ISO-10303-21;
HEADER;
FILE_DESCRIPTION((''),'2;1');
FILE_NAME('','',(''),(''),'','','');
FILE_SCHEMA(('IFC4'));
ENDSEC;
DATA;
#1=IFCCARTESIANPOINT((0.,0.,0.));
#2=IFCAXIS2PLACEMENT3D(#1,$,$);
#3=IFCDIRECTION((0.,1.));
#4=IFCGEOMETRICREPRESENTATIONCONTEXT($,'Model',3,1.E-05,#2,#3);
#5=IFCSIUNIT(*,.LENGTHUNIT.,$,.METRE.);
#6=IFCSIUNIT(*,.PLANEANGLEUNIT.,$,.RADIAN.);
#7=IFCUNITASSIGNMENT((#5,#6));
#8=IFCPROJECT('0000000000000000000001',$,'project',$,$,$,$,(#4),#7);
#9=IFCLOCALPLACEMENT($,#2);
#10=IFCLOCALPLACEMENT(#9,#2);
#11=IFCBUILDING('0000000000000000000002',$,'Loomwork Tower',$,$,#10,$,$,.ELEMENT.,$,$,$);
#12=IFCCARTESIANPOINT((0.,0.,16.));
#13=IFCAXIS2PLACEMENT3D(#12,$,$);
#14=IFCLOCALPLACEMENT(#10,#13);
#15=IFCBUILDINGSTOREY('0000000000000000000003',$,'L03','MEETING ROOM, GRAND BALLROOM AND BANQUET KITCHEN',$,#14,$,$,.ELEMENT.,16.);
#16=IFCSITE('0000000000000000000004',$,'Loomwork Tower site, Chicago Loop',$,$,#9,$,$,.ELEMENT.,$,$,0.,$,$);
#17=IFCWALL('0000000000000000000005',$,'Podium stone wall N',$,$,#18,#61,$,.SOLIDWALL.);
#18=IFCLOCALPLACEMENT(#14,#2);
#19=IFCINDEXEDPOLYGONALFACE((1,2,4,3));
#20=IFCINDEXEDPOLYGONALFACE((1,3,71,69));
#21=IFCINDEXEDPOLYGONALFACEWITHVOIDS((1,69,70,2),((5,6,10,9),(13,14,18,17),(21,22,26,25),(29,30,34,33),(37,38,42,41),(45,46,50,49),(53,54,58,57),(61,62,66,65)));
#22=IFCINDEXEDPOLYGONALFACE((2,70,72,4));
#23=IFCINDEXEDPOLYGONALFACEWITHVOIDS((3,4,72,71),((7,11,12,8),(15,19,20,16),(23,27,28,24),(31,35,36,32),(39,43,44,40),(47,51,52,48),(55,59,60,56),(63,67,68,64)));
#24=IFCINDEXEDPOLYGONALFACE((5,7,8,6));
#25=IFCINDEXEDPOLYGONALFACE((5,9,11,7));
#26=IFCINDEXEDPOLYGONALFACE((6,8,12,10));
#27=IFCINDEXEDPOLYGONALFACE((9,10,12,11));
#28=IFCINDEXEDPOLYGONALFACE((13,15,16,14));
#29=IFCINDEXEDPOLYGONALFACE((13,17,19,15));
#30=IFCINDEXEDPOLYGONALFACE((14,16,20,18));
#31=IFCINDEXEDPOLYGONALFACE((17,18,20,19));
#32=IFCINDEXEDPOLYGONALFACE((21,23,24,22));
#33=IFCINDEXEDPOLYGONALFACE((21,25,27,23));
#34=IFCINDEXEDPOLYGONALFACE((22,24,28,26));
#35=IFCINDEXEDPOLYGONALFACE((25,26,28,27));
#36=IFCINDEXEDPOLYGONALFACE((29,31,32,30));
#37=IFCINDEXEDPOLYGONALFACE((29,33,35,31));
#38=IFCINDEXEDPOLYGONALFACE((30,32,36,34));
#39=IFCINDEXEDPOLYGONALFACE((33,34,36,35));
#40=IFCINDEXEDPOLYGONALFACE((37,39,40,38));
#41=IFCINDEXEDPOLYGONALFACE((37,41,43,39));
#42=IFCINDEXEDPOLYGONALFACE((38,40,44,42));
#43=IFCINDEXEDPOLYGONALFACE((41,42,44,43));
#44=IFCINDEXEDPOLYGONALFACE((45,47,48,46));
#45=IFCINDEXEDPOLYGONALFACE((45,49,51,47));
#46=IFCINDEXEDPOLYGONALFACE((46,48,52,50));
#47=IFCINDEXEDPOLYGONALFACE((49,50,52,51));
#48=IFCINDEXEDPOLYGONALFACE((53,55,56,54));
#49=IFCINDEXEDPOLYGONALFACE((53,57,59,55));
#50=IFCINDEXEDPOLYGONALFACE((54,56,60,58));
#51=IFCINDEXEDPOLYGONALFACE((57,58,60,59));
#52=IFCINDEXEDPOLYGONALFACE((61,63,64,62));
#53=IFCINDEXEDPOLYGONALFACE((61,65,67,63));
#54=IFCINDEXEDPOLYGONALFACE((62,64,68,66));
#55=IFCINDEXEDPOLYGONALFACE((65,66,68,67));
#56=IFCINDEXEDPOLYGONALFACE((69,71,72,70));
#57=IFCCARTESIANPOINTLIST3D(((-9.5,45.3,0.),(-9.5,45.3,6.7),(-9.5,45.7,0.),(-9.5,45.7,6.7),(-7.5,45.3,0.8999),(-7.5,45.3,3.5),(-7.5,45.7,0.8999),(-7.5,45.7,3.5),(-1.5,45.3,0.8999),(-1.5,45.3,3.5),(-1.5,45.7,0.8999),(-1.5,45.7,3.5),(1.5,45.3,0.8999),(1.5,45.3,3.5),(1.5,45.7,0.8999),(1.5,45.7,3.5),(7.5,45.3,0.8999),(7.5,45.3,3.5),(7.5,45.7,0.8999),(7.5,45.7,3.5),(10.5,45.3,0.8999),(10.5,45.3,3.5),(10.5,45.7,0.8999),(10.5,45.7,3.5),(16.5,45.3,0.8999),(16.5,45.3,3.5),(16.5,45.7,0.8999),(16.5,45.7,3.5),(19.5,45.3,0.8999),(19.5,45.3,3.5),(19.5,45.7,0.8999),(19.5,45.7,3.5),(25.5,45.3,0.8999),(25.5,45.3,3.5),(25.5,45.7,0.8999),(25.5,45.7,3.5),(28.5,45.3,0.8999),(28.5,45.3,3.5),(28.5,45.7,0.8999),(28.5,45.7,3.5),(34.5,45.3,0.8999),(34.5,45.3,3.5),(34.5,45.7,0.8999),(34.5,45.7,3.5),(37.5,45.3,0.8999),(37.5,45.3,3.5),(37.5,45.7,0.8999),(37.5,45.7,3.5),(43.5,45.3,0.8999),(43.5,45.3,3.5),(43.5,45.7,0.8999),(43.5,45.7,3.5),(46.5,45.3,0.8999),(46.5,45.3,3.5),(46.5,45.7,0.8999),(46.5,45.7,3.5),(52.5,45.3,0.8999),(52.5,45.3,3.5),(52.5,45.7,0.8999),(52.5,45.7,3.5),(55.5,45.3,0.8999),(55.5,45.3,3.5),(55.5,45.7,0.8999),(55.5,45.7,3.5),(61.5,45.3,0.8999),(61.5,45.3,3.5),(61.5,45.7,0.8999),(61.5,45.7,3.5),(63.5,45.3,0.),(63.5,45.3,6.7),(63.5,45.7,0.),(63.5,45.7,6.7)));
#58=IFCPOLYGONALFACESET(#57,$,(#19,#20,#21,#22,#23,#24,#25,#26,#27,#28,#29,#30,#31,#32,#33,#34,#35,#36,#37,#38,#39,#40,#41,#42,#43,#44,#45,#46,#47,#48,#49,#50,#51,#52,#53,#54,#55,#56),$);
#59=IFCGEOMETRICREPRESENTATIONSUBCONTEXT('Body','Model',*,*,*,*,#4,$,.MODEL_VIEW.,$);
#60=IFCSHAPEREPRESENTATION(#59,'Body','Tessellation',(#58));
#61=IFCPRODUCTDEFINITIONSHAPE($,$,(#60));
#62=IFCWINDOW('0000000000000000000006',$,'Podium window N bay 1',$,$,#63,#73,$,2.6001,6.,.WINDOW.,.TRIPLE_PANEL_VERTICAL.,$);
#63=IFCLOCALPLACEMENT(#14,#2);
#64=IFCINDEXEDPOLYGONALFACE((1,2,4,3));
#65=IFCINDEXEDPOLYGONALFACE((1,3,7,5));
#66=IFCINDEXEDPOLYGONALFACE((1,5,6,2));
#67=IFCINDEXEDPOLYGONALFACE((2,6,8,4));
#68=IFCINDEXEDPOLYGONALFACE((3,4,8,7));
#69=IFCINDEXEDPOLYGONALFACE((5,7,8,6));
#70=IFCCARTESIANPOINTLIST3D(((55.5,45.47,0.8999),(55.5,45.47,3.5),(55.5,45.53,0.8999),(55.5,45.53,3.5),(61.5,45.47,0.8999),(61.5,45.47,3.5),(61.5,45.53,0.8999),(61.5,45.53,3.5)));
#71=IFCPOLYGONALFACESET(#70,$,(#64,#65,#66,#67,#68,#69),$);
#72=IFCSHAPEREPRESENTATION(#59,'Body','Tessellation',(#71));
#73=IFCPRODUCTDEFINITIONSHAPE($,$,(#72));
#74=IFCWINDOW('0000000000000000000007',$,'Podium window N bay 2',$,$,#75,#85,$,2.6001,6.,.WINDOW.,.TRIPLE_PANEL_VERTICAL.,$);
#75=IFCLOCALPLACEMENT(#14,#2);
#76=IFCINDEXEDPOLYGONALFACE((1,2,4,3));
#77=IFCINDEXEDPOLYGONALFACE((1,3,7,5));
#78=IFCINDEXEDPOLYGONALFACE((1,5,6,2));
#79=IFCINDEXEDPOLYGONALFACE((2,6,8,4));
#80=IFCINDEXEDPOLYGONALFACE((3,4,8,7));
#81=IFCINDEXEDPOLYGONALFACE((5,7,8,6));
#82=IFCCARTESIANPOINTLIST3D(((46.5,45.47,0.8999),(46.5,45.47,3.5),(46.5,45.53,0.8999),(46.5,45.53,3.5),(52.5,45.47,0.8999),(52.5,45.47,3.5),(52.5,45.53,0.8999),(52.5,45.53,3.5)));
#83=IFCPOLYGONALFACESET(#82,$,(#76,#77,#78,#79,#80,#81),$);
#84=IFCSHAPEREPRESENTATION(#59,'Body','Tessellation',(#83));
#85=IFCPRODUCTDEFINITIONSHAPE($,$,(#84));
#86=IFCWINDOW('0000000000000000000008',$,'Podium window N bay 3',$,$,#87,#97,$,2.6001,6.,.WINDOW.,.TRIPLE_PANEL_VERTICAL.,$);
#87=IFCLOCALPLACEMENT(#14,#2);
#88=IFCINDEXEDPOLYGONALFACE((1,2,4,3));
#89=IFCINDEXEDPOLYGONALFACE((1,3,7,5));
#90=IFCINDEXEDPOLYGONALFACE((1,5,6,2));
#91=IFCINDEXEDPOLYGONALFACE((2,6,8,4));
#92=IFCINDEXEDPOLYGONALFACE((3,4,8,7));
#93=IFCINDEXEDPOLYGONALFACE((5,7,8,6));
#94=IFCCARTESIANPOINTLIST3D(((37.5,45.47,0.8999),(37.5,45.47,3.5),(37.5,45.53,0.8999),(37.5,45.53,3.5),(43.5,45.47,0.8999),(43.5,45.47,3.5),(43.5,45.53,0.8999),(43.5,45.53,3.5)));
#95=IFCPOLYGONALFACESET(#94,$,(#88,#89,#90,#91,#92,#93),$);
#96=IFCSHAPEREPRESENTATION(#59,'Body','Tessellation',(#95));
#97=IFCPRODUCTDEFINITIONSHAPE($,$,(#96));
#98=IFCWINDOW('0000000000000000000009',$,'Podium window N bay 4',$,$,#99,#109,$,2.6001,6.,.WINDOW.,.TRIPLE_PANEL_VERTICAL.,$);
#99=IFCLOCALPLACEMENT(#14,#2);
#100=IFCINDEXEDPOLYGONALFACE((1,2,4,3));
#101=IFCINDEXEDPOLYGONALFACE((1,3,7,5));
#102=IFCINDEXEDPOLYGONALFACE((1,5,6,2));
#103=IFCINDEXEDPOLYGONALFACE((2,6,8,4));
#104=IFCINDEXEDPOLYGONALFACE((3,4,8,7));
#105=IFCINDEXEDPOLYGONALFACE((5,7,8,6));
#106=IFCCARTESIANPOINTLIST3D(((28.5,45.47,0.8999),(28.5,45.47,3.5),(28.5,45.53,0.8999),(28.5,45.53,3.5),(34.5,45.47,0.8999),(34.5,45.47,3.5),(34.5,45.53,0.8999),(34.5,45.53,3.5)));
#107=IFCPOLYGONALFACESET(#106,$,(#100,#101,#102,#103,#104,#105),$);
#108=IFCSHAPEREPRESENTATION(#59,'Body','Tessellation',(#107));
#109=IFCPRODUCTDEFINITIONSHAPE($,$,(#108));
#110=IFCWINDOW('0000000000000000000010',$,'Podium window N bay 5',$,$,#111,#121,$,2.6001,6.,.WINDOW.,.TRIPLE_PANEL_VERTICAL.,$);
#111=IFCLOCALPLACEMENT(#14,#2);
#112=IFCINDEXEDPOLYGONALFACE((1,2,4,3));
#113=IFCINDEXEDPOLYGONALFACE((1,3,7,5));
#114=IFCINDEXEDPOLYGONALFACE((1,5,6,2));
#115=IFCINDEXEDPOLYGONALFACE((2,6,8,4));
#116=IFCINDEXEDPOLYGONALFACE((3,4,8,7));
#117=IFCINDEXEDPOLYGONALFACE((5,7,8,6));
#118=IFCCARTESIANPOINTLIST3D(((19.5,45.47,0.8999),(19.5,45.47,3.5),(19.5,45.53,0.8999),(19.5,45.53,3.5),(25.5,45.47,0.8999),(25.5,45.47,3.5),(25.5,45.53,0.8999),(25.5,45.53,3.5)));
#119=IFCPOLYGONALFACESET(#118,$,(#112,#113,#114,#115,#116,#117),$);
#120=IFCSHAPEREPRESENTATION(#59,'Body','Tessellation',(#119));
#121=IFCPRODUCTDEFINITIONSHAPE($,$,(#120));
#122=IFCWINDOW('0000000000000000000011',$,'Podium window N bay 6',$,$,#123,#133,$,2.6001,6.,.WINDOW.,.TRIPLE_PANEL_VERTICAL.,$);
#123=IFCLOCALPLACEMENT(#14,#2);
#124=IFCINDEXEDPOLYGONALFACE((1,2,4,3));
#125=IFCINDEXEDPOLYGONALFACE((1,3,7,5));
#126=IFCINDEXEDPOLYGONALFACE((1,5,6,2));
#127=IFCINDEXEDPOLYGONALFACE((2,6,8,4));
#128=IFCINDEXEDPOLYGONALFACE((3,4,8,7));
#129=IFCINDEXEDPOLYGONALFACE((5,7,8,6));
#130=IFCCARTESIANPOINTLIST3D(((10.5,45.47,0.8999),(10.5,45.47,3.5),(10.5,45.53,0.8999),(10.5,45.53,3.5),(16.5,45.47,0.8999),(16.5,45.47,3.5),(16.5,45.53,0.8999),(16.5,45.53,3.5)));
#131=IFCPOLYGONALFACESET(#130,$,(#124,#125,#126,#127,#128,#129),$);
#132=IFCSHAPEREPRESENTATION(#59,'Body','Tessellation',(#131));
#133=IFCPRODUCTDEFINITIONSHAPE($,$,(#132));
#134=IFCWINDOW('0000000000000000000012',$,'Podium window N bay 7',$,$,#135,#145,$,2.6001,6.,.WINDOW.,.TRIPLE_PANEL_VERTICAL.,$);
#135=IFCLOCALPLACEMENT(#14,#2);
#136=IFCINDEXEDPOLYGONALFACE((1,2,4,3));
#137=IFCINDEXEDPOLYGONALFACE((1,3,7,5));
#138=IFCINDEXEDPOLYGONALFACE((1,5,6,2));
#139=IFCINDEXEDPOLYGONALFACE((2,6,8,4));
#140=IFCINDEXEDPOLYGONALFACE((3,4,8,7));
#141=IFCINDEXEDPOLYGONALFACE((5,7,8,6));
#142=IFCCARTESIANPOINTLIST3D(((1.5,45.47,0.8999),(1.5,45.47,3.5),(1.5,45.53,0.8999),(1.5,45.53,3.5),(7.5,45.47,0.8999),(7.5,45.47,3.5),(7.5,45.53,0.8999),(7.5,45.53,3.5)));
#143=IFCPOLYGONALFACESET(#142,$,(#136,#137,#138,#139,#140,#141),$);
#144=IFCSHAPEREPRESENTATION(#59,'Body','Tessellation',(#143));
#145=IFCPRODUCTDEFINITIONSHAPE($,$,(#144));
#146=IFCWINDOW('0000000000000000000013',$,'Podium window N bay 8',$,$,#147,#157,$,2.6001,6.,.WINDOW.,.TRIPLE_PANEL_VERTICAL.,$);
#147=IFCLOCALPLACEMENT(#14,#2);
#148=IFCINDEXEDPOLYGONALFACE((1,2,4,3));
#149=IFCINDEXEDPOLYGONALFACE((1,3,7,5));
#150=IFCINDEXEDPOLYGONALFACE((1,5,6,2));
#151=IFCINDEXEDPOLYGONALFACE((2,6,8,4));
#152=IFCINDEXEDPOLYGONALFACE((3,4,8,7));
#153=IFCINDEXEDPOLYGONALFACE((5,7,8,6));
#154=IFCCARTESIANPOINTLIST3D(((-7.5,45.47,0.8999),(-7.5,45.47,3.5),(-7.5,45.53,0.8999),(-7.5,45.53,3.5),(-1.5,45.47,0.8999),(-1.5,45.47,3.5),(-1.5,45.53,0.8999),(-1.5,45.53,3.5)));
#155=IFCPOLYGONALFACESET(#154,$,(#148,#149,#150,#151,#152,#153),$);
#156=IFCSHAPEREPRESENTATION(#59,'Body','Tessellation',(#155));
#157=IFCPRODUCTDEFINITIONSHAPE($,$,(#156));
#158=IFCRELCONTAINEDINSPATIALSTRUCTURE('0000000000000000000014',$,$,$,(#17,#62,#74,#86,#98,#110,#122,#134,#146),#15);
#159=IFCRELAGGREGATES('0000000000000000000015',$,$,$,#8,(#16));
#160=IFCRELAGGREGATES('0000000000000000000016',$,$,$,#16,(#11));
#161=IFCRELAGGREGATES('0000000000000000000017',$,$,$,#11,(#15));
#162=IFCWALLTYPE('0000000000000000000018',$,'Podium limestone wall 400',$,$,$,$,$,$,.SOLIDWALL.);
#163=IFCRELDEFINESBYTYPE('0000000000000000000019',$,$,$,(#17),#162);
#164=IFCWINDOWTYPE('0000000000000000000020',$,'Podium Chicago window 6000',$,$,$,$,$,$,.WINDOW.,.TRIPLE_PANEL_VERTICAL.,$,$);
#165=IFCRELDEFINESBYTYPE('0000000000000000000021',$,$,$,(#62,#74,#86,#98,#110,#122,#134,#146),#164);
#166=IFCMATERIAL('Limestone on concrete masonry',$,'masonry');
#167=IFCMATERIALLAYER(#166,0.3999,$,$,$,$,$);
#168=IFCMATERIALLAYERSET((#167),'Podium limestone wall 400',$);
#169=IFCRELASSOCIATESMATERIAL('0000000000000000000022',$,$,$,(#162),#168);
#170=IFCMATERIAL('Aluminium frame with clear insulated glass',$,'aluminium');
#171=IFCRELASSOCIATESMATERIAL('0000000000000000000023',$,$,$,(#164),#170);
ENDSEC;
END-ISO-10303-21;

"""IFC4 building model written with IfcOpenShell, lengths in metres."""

from ifc_helpers import new_model, si_unit, direction, frame, frame_2d, origin, place, context, subcontext, project, spatial, rectangle, extrude, material, layer, layer_set, type_object, element, fill, save


model = new_model("IFC4")

# Units and contexts
model_context = context("Model", 3, precision=1e-05, world=origin(), true_north=direction((0.0, 1.0)))
body_context = subcontext(model_context, "Body", "Model", "MODEL_VIEW")
ifc_project = project(units=[si_unit("LENGTHUNIT", "METRE"), si_unit("PLANEANGLEUNIT", "RADIAN")], contexts=[model_context])

# Site, building, storey
site_placement = place(None, origin())
site = spatial("IfcSite", under=ifc_project, at=site_placement, Name="Loomwork Tower site, Chicago Loop", CompositionType="ELEMENT", RefElevation=0.0)
building_placement = place(site_placement, origin())
building = spatial("IfcBuilding", under=site, at=building_placement, Name="Loomwork Tower", CompositionType="ELEMENT")
storey_placement = place(building_placement, frame((0.0, 0.0, 16.0)))
storey = spatial("IfcBuildingStorey", under=building, at=storey_placement, Name="L03", Description="MEETING ROOM, GRAND BALLROOM AND BANQUET KITCHEN", CompositionType="ELEMENT", Elevation=16.0)

# Wall, openings, windows
ifc_material_1 = material(Name="Limestone on concrete masonry", Category="masonry")
ifc_layer_1 = layer(ifc_material_1, 0.3999)
ifc_layer_set_1 = layer_set([ifc_layer_1], Name="Podium limestone wall 400")
wall_type_1 = type_object("IfcWallType", Name="Podium limestone wall 400", PredefinedType="SOLIDWALL", material=ifc_layer_set_1)
wall_1_placement = place(storey_placement, frame((63.5, 45.5, 0.0), z_axis=(0.0, 0.0, 1.0), x_axis=(-1.0, 0.0, 0.0)))
wall_1 = element("IfcWall", 1, at=wall_1_placement, inside=storey, type_object=wall_type_1, Name="Podium stone wall N", PredefinedType="SOLIDWALL", context=body_context, shape_type="SweptSolid", body=[
    extrude(rectangle(XDim=73.0, YDim=0.3999, at=frame_2d((36.5, 0.0))), origin(), (0.0, 0.0, 1.0), 6.7),
])
opening_1_placement = place(wall_1_placement, frame((2.0, 0.0, 0.8999)))
opening_1 = element("IfcOpeningElement", 2, at=opening_1_placement, cuts=wall_1, PredefinedType="OPENING", context=body_context, shape_type="SweptSolid", body=[
    extrude(rectangle(XDim=6.0, YDim=2.6001, at=frame_2d((3.0, 1.3))), frame((0.0, 0.21, 0.0), z_axis=(0.0, -1.0, 0.0), x_axis=(1.0, 0.0, 0.0)), (0.0, 0.0, 1.0), 0.4199),
])
opening_2_placement = place(wall_1_placement, frame((11.0, 0.0, 0.8999)))
opening_2 = element("IfcOpeningElement", 3, at=opening_2_placement, cuts=wall_1, PredefinedType="OPENING", context=body_context, shape_type="SweptSolid", body=[
    extrude(rectangle(XDim=6.0, YDim=2.6001, at=frame_2d((3.0, 1.3))), frame((0.0, 0.21, 0.0), z_axis=(0.0, -1.0, 0.0), x_axis=(1.0, 0.0, 0.0)), (0.0, 0.0, 1.0), 0.4199),
])
opening_3_placement = place(wall_1_placement, frame((20.0, 0.0, 0.8999)))
opening_3 = element("IfcOpeningElement", 4, at=opening_3_placement, cuts=wall_1, PredefinedType="OPENING", context=body_context, shape_type="SweptSolid", body=[
    extrude(rectangle(XDim=6.0, YDim=2.6001, at=frame_2d((3.0, 1.3))), frame((0.0, 0.21, 0.0), z_axis=(0.0, -1.0, 0.0), x_axis=(1.0, 0.0, 0.0)), (0.0, 0.0, 1.0), 0.4199),
])
opening_4_placement = place(wall_1_placement, frame((29.0, 0.0, 0.8999)))
opening_4 = element("IfcOpeningElement", 5, at=opening_4_placement, cuts=wall_1, PredefinedType="OPENING", context=body_context, shape_type="SweptSolid", body=[
    extrude(rectangle(XDim=6.0, YDim=2.6001, at=frame_2d((3.0, 1.3))), frame((0.0, 0.21, 0.0), z_axis=(0.0, -1.0, 0.0), x_axis=(1.0, 0.0, 0.0)), (0.0, 0.0, 1.0), 0.4199),
])
opening_5_placement = place(wall_1_placement, frame((38.0, 0.0, 0.8999)))
opening_5 = element("IfcOpeningElement", 6, at=opening_5_placement, cuts=wall_1, PredefinedType="OPENING", context=body_context, shape_type="SweptSolid", body=[
    extrude(rectangle(XDim=6.0, YDim=2.6001, at=frame_2d((3.0, 1.3))), frame((0.0, 0.21, 0.0), z_axis=(0.0, -1.0, 0.0), x_axis=(1.0, 0.0, 0.0)), (0.0, 0.0, 1.0), 0.4199),
])
opening_6_placement = place(wall_1_placement, frame((47.0, 0.0, 0.8999)))
opening_6 = element("IfcOpeningElement", 7, at=opening_6_placement, cuts=wall_1, PredefinedType="OPENING", context=body_context, shape_type="SweptSolid", body=[
    extrude(rectangle(XDim=6.0, YDim=2.6001, at=frame_2d((3.0, 1.3))), frame((0.0, 0.21, 0.0), z_axis=(0.0, -1.0, 0.0), x_axis=(1.0, 0.0, 0.0)), (0.0, 0.0, 1.0), 0.4199),
])
opening_7_placement = place(wall_1_placement, frame((56.0, 0.0, 0.8999)))
opening_7 = element("IfcOpeningElement", 8, at=opening_7_placement, cuts=wall_1, PredefinedType="OPENING", context=body_context, shape_type="SweptSolid", body=[
    extrude(rectangle(XDim=6.0, YDim=2.6001, at=frame_2d((3.0, 1.3))), frame((0.0, 0.21, 0.0), z_axis=(0.0, -1.0, 0.0), x_axis=(1.0, 0.0, 0.0)), (0.0, 0.0, 1.0), 0.4199),
])
opening_8_placement = place(wall_1_placement, frame((65.0, 0.0, 0.8999)))
opening_8 = element("IfcOpeningElement", 9, at=opening_8_placement, cuts=wall_1, PredefinedType="OPENING", context=body_context, shape_type="SweptSolid", body=[
    extrude(rectangle(XDim=6.0, YDim=2.6001, at=frame_2d((3.0, 1.3))), frame((0.0, 0.21, 0.0), z_axis=(0.0, -1.0, 0.0), x_axis=(1.0, 0.0, 0.0)), (0.0, 0.0, 1.0), 0.4199),
])
ifc_material_2 = material(Name="Aluminium frame with clear insulated glass", Category="aluminium")
window_type = type_object("IfcWindowType", Name="Podium Chicago window 6000", PartitioningType="TRIPLE_PANEL_VERTICAL", PredefinedType="WINDOW", material=ifc_material_2)
window_1_placement = place(opening_1_placement, origin())
window_1 = element("IfcWindow", 10, at=window_1_placement, inside=storey, type_object=window_type, Name="Podium window N bay 1", OverallHeight=2.6001, OverallWidth=6.0, PartitioningType="TRIPLE_PANEL_VERTICAL", PredefinedType="WINDOW", context=body_context, shape_type="SweptSolid", body=[
    extrude(rectangle(XDim=6.0, YDim=2.6001, at=frame_2d((3.0, 1.3))), frame((0.0, 0.03, 0.0), z_axis=(0.0, -1.0, 0.0), x_axis=(1.0, 0.0, 0.0)), (0.0, 0.0, 1.0), 0.0601),
])
fill(opening_1, window_1)
window_2_placement = place(opening_2_placement, origin())
window_2 = element("IfcWindow", 11, at=window_2_placement, inside=storey, type_object=window_type, Name="Podium window N bay 2", OverallHeight=2.6001, OverallWidth=6.0, PartitioningType="TRIPLE_PANEL_VERTICAL", PredefinedType="WINDOW", context=body_context, shape_type="SweptSolid", body=[
    extrude(rectangle(XDim=6.0, YDim=2.6001, at=frame_2d((3.0, 1.3))), frame((0.0, 0.03, 0.0), z_axis=(0.0, -1.0, 0.0), x_axis=(1.0, 0.0, 0.0)), (0.0, 0.0, 1.0), 0.0601),
])
fill(opening_2, window_2)
window_3_placement = place(opening_3_placement, origin())
window_3 = element("IfcWindow", 12, at=window_3_placement, inside=storey, type_object=window_type, Name="Podium window N bay 3", OverallHeight=2.6001, OverallWidth=6.0, PartitioningType="TRIPLE_PANEL_VERTICAL", PredefinedType="WINDOW", context=body_context, shape_type="SweptSolid", body=[
    extrude(rectangle(XDim=6.0, YDim=2.6001, at=frame_2d((3.0, 1.3))), frame((0.0, 0.03, 0.0), z_axis=(0.0, -1.0, 0.0), x_axis=(1.0, 0.0, 0.0)), (0.0, 0.0, 1.0), 0.0601),
])
fill(opening_3, window_3)
window_4_placement = place(opening_4_placement, origin())
window_4 = element("IfcWindow", 13, at=window_4_placement, inside=storey, type_object=window_type, Name="Podium window N bay 4", OverallHeight=2.6001, OverallWidth=6.0, PartitioningType="TRIPLE_PANEL_VERTICAL", PredefinedType="WINDOW", context=body_context, shape_type="SweptSolid", body=[
    extrude(rectangle(XDim=6.0, YDim=2.6001, at=frame_2d((3.0, 1.3))), frame((0.0, 0.03, 0.0), z_axis=(0.0, -1.0, 0.0), x_axis=(1.0, 0.0, 0.0)), (0.0, 0.0, 1.0), 0.0601),
])
fill(opening_4, window_4)
window_5_placement = place(opening_5_placement, origin())
window_5 = element("IfcWindow", 14, at=window_5_placement, inside=storey, type_object=window_type, Name="Podium window N bay 5", OverallHeight=2.6001, OverallWidth=6.0, PartitioningType="TRIPLE_PANEL_VERTICAL", PredefinedType="WINDOW", context=body_context, shape_type="SweptSolid", body=[
    extrude(rectangle(XDim=6.0, YDim=2.6001, at=frame_2d((3.0, 1.3))), frame((0.0, 0.03, 0.0), z_axis=(0.0, -1.0, 0.0), x_axis=(1.0, 0.0, 0.0)), (0.0, 0.0, 1.0), 0.0601),
])
fill(opening_5, window_5)
window_6_placement = place(opening_6_placement, origin())
window_6 = element("IfcWindow", 15, at=window_6_placement, inside=storey, type_object=window_type, Name="Podium window N bay 6", OverallHeight=2.6001, OverallWidth=6.0, PartitioningType="TRIPLE_PANEL_VERTICAL", PredefinedType="WINDOW", context=body_context, shape_type="SweptSolid", body=[
    extrude(rectangle(XDim=6.0, YDim=2.6001, at=frame_2d((3.0, 1.3))), frame((0.0, 0.03, 0.0), z_axis=(0.0, -1.0, 0.0), x_axis=(1.0, 0.0, 0.0)), (0.0, 0.0, 1.0), 0.0601),
])
fill(opening_6, window_6)
window_7_placement = place(opening_7_placement, origin())
window_7 = element("IfcWindow", 16, at=window_7_placement, inside=storey, type_object=window_type, Name="Podium window N bay 7", OverallHeight=2.6001, OverallWidth=6.0, PartitioningType="TRIPLE_PANEL_VERTICAL", PredefinedType="WINDOW", context=body_context, shape_type="SweptSolid", body=[
    extrude(rectangle(XDim=6.0, YDim=2.6001, at=frame_2d((3.0, 1.3))), frame((0.0, 0.03, 0.0), z_axis=(0.0, -1.0, 0.0), x_axis=(1.0, 0.0, 0.0)), (0.0, 0.0, 1.0), 0.0601),
])
fill(opening_7, window_7)
window_8_placement = place(opening_8_placement, origin())
window_8 = element("IfcWindow", 17, at=window_8_placement, inside=storey, type_object=window_type, Name="Podium window N bay 8", OverallHeight=2.6001, OverallWidth=6.0, PartitioningType="TRIPLE_PANEL_VERTICAL", PredefinedType="WINDOW", context=body_context, shape_type="SweptSolid", body=[
    extrude(rectangle(XDim=6.0, YDim=2.6001, at=frame_2d((3.0, 1.3))), frame((0.0, 0.03, 0.0), z_axis=(0.0, -1.0, 0.0), x_axis=(1.0, 0.0, 0.0)), (0.0, 0.0, 1.0), 0.0601),
])
fill(opening_8, window_8)

save(model, "model.ifc")
